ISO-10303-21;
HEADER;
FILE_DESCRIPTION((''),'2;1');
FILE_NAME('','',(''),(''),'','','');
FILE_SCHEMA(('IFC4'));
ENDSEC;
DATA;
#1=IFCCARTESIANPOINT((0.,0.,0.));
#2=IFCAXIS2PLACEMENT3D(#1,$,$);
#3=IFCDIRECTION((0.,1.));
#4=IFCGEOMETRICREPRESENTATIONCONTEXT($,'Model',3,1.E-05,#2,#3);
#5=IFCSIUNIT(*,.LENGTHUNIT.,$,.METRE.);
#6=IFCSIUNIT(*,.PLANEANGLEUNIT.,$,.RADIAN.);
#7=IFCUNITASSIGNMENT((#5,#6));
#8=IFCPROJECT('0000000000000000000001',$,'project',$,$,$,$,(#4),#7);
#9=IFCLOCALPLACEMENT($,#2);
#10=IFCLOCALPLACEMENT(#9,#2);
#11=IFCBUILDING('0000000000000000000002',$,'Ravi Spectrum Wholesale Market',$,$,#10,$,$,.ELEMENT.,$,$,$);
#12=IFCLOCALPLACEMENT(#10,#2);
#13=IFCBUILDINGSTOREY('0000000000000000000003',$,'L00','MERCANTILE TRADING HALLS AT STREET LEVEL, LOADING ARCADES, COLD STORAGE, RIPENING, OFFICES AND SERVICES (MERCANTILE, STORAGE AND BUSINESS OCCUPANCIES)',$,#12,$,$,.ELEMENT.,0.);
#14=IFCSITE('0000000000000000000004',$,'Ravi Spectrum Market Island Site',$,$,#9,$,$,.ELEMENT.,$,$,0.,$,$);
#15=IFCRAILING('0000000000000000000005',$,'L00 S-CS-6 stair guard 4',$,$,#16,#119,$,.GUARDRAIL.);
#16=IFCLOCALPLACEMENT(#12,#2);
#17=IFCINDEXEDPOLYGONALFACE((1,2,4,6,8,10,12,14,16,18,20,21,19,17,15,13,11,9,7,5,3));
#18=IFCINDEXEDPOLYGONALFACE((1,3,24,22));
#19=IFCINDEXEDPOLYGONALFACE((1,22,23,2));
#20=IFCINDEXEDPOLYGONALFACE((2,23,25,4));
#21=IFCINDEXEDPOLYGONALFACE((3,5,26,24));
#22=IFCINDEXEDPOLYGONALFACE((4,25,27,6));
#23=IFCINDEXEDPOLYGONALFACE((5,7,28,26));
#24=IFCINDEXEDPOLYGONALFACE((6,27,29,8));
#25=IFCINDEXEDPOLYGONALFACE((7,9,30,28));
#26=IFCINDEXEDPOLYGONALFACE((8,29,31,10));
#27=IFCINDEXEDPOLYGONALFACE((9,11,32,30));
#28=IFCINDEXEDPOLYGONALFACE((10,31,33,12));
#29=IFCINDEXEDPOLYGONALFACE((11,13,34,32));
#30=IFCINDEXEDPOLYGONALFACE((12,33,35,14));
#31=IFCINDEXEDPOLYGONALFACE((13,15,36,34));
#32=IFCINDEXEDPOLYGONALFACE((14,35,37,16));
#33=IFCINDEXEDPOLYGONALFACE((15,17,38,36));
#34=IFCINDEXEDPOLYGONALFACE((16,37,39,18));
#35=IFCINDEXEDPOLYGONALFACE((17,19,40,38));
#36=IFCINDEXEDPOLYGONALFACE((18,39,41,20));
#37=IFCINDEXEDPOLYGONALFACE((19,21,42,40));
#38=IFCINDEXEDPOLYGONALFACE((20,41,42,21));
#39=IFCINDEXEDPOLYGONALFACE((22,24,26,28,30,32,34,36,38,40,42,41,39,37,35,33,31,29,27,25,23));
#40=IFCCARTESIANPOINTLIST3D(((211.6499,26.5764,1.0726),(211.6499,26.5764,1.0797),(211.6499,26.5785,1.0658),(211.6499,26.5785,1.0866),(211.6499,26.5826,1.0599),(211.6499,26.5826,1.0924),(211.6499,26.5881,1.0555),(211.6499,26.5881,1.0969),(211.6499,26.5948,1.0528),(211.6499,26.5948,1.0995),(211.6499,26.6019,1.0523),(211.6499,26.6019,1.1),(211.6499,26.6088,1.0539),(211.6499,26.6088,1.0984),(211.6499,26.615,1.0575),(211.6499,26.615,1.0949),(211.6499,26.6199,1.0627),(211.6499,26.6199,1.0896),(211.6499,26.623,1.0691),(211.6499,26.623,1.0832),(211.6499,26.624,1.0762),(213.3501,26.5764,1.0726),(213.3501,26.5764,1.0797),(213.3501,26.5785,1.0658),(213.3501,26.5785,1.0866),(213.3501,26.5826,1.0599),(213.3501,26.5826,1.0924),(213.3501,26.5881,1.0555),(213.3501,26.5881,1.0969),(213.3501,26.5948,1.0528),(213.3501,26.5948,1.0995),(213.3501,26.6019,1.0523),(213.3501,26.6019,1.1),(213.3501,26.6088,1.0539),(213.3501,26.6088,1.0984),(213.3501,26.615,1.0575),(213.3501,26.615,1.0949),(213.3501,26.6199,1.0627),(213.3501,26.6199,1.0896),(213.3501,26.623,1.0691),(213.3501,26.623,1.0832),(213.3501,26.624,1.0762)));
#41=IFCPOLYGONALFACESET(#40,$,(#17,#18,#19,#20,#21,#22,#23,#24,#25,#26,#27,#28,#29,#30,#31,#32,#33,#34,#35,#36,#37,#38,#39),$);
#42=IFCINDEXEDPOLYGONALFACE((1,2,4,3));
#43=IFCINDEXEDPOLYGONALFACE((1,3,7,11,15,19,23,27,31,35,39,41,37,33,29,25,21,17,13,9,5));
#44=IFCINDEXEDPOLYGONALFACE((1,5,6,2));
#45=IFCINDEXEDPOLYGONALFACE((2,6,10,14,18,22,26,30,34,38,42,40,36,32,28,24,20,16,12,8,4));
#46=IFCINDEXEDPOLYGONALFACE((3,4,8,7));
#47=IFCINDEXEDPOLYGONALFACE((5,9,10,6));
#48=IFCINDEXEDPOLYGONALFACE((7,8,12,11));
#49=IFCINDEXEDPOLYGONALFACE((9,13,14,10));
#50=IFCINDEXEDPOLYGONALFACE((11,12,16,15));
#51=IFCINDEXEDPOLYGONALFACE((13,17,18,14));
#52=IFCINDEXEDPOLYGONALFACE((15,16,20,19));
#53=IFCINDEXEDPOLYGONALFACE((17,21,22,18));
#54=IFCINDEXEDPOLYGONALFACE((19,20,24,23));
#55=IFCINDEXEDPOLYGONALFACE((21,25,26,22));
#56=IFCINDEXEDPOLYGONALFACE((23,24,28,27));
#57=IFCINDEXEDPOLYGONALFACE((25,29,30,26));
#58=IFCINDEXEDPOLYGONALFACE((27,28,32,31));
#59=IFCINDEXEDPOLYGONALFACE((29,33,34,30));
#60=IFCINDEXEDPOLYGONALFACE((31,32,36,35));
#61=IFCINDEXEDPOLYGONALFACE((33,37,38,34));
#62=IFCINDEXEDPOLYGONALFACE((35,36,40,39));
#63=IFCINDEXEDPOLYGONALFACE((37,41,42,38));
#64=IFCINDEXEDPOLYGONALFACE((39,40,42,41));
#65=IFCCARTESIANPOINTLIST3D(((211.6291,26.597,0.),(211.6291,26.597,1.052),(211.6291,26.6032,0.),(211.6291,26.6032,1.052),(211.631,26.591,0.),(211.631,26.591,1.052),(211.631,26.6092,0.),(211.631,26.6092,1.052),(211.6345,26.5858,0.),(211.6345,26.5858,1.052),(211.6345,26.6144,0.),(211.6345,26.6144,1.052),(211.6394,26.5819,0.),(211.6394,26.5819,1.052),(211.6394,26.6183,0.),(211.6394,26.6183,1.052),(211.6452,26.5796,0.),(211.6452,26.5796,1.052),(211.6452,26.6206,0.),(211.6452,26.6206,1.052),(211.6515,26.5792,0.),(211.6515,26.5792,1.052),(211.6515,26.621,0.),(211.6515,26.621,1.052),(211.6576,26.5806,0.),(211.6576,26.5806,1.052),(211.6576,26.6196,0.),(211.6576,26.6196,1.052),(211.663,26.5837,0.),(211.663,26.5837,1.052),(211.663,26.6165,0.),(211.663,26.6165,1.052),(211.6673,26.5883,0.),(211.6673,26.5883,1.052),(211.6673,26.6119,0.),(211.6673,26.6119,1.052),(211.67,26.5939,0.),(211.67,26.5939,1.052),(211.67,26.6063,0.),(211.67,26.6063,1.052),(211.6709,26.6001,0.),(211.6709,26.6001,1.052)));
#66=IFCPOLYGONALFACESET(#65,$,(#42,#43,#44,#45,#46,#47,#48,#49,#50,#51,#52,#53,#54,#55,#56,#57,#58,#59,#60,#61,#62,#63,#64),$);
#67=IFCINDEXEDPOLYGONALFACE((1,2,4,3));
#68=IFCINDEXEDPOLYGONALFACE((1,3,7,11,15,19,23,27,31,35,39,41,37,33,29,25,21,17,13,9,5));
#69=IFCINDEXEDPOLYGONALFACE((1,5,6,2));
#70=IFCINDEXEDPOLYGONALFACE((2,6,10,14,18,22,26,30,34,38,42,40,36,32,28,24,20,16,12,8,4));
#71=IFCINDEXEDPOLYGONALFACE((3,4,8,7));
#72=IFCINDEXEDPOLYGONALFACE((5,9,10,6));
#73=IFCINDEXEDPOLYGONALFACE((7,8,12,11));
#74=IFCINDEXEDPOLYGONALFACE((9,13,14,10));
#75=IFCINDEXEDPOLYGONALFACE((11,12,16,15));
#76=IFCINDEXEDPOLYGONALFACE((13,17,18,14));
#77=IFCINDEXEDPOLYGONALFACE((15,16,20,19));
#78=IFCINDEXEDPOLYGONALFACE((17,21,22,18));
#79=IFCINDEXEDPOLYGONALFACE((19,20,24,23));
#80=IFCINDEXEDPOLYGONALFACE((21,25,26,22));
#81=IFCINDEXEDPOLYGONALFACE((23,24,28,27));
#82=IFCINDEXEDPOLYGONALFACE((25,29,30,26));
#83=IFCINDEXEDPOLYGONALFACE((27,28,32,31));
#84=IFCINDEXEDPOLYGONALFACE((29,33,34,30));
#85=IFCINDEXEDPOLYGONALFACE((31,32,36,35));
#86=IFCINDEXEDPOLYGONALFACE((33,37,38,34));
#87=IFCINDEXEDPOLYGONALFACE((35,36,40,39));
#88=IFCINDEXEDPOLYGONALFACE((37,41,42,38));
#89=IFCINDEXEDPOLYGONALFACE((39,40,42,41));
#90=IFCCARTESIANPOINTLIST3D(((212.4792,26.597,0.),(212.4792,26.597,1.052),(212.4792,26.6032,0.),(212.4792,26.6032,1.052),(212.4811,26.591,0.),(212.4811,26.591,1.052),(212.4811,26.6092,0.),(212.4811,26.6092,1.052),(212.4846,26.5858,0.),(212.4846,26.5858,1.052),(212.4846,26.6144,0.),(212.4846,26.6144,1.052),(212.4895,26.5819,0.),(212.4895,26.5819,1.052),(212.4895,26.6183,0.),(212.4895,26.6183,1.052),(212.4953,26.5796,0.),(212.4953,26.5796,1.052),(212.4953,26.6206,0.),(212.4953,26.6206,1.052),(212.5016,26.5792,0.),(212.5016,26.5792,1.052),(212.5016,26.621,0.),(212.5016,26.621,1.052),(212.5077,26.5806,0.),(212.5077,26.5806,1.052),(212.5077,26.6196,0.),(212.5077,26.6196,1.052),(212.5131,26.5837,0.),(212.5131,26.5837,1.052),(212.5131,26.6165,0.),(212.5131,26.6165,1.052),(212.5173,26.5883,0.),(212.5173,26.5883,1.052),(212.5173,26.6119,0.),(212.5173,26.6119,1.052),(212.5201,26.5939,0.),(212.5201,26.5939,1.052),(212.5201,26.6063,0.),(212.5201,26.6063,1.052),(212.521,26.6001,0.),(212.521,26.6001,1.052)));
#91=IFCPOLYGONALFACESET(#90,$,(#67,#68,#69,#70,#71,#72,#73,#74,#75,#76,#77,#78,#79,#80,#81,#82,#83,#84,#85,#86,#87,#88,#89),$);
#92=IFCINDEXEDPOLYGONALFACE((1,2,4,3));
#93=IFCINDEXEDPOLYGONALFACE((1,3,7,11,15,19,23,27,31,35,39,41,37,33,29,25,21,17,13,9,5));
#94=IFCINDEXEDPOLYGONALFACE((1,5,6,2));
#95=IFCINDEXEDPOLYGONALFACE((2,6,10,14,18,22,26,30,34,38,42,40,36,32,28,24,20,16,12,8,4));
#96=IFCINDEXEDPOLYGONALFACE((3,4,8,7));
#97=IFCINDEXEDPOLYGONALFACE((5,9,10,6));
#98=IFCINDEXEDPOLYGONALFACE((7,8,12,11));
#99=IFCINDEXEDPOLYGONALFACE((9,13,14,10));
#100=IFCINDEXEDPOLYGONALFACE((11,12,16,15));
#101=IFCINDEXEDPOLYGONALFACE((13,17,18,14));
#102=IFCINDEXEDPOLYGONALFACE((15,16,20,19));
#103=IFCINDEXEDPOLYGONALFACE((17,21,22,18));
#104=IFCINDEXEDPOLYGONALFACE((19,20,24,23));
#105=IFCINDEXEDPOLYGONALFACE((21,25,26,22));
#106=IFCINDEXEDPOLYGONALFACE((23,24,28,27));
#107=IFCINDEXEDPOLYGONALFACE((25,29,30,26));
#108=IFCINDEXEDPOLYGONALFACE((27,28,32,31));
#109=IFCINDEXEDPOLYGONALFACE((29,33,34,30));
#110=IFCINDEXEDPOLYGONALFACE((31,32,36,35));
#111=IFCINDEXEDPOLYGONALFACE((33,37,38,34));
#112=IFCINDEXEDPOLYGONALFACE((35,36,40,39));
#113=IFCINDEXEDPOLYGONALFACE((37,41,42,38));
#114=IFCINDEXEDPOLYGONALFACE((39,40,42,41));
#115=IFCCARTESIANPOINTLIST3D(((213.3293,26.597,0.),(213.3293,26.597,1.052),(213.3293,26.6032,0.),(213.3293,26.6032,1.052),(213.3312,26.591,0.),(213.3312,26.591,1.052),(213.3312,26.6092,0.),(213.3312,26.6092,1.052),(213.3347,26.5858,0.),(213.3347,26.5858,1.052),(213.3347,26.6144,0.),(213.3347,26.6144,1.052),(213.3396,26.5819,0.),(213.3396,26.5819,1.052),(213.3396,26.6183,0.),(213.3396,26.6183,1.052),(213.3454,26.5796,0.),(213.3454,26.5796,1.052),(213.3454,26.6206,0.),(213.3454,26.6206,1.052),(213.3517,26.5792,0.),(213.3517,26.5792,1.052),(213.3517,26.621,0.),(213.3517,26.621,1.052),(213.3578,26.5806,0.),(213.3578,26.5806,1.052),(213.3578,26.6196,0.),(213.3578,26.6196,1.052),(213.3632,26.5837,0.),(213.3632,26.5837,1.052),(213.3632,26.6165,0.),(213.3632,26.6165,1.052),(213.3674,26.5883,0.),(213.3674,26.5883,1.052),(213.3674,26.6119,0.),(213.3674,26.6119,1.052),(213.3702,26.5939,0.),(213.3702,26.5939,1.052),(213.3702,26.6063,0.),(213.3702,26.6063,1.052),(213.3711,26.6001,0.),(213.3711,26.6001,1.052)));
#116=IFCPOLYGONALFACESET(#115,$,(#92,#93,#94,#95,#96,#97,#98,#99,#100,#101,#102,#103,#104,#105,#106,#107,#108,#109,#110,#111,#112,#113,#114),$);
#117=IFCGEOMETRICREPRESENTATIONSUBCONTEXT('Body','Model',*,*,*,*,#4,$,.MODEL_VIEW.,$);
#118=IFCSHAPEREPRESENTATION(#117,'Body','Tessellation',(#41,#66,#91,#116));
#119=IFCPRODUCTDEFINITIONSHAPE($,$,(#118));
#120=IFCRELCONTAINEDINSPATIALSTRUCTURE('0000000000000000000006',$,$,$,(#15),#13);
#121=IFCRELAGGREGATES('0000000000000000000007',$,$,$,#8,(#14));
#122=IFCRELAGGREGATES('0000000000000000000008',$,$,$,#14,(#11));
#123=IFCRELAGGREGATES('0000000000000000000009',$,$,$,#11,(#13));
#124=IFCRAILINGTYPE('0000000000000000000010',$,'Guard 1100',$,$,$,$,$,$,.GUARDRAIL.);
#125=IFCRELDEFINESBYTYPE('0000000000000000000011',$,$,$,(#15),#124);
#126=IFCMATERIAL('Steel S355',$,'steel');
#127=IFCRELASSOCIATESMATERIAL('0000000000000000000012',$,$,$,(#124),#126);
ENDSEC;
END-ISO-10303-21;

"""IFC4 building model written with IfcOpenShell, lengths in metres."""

from ifc_helpers import new_model, si_unit, direction, frame, origin, origin_2d, place, context, subcontext, project, spatial, circle, extrude, material, type_object, element, save


model = new_model("IFC4")

# Units and contexts
model_context = context("Model", 3, precision=1e-05, world=origin(), true_north=direction((0.0, 1.0)))
body_context = subcontext(model_context, "Body", "Model", "MODEL_VIEW")
ifc_project = project(units=[si_unit("LENGTHUNIT", "METRE"), si_unit("PLANEANGLEUNIT", "RADIAN")], contexts=[model_context])

# Site, building, storey
site_placement = place(None, origin())
site = spatial("IfcSite", under=ifc_project, at=site_placement, Name="Ravi Spectrum Market Island Site", CompositionType="ELEMENT", RefElevation=0.0)
building_placement = place(site_placement, origin())
building = spatial("IfcBuilding", under=site, at=building_placement, Name="Ravi Spectrum Wholesale Market", CompositionType="ELEMENT")
storey_placement = place(building_placement, origin())
storey = spatial("IfcBuildingStorey", under=building, at=storey_placement, Name="L00", Description="MERCANTILE TRADING HALLS AT STREET LEVEL, LOADING ARCADES, COLD STORAGE, RIPENING, OFFICES AND SERVICES (MERCANTILE, STORAGE AND BUSINESS OCCUPANCIES)", CompositionType="ELEMENT", Elevation=0.0)

# Railing
ifc_material_1 = material(Name="Steel S355", Category="steel")
railing_type = type_object("IfcRailingType", Name="Guard 1100", PredefinedType="GUARDRAIL", material=ifc_material_1)
railing_1_placement = place(storey_placement, frame((211.6499, 26.6001, 0.0)))
element("IfcRailing", 1, at=railing_1_placement, inside=storey, type_object=railing_type, Name="L00 S-CS-6 stair guard 4", PredefinedType="GUARDRAIL", context=body_context, shape_type="SweptSolid", body=[
    extrude(circle(Radius=0.0239, at=origin_2d()), frame((0.0, 0.0, 1.0762), z_axis=(1.0, 0.0, 0.0), x_axis=(0.0, 1.0, 0.0)), (0.0, 0.0, 1.0), 1.7002),
    extrude(circle(Radius=0.021, at=origin_2d()), origin(), (0.0, 0.0, 1.0), 1.052),
    extrude(circle(Radius=0.021, at=origin_2d()), frame((0.8501, 0.0, 0.0)), (0.0, 0.0, 1.0), 1.052),
    extrude(circle(Radius=0.021, at=origin_2d()), frame((1.7002, 0.0, 0.0)), (0.0, 0.0, 1.0), 1.052),
])

save(model, "model.ifc")
